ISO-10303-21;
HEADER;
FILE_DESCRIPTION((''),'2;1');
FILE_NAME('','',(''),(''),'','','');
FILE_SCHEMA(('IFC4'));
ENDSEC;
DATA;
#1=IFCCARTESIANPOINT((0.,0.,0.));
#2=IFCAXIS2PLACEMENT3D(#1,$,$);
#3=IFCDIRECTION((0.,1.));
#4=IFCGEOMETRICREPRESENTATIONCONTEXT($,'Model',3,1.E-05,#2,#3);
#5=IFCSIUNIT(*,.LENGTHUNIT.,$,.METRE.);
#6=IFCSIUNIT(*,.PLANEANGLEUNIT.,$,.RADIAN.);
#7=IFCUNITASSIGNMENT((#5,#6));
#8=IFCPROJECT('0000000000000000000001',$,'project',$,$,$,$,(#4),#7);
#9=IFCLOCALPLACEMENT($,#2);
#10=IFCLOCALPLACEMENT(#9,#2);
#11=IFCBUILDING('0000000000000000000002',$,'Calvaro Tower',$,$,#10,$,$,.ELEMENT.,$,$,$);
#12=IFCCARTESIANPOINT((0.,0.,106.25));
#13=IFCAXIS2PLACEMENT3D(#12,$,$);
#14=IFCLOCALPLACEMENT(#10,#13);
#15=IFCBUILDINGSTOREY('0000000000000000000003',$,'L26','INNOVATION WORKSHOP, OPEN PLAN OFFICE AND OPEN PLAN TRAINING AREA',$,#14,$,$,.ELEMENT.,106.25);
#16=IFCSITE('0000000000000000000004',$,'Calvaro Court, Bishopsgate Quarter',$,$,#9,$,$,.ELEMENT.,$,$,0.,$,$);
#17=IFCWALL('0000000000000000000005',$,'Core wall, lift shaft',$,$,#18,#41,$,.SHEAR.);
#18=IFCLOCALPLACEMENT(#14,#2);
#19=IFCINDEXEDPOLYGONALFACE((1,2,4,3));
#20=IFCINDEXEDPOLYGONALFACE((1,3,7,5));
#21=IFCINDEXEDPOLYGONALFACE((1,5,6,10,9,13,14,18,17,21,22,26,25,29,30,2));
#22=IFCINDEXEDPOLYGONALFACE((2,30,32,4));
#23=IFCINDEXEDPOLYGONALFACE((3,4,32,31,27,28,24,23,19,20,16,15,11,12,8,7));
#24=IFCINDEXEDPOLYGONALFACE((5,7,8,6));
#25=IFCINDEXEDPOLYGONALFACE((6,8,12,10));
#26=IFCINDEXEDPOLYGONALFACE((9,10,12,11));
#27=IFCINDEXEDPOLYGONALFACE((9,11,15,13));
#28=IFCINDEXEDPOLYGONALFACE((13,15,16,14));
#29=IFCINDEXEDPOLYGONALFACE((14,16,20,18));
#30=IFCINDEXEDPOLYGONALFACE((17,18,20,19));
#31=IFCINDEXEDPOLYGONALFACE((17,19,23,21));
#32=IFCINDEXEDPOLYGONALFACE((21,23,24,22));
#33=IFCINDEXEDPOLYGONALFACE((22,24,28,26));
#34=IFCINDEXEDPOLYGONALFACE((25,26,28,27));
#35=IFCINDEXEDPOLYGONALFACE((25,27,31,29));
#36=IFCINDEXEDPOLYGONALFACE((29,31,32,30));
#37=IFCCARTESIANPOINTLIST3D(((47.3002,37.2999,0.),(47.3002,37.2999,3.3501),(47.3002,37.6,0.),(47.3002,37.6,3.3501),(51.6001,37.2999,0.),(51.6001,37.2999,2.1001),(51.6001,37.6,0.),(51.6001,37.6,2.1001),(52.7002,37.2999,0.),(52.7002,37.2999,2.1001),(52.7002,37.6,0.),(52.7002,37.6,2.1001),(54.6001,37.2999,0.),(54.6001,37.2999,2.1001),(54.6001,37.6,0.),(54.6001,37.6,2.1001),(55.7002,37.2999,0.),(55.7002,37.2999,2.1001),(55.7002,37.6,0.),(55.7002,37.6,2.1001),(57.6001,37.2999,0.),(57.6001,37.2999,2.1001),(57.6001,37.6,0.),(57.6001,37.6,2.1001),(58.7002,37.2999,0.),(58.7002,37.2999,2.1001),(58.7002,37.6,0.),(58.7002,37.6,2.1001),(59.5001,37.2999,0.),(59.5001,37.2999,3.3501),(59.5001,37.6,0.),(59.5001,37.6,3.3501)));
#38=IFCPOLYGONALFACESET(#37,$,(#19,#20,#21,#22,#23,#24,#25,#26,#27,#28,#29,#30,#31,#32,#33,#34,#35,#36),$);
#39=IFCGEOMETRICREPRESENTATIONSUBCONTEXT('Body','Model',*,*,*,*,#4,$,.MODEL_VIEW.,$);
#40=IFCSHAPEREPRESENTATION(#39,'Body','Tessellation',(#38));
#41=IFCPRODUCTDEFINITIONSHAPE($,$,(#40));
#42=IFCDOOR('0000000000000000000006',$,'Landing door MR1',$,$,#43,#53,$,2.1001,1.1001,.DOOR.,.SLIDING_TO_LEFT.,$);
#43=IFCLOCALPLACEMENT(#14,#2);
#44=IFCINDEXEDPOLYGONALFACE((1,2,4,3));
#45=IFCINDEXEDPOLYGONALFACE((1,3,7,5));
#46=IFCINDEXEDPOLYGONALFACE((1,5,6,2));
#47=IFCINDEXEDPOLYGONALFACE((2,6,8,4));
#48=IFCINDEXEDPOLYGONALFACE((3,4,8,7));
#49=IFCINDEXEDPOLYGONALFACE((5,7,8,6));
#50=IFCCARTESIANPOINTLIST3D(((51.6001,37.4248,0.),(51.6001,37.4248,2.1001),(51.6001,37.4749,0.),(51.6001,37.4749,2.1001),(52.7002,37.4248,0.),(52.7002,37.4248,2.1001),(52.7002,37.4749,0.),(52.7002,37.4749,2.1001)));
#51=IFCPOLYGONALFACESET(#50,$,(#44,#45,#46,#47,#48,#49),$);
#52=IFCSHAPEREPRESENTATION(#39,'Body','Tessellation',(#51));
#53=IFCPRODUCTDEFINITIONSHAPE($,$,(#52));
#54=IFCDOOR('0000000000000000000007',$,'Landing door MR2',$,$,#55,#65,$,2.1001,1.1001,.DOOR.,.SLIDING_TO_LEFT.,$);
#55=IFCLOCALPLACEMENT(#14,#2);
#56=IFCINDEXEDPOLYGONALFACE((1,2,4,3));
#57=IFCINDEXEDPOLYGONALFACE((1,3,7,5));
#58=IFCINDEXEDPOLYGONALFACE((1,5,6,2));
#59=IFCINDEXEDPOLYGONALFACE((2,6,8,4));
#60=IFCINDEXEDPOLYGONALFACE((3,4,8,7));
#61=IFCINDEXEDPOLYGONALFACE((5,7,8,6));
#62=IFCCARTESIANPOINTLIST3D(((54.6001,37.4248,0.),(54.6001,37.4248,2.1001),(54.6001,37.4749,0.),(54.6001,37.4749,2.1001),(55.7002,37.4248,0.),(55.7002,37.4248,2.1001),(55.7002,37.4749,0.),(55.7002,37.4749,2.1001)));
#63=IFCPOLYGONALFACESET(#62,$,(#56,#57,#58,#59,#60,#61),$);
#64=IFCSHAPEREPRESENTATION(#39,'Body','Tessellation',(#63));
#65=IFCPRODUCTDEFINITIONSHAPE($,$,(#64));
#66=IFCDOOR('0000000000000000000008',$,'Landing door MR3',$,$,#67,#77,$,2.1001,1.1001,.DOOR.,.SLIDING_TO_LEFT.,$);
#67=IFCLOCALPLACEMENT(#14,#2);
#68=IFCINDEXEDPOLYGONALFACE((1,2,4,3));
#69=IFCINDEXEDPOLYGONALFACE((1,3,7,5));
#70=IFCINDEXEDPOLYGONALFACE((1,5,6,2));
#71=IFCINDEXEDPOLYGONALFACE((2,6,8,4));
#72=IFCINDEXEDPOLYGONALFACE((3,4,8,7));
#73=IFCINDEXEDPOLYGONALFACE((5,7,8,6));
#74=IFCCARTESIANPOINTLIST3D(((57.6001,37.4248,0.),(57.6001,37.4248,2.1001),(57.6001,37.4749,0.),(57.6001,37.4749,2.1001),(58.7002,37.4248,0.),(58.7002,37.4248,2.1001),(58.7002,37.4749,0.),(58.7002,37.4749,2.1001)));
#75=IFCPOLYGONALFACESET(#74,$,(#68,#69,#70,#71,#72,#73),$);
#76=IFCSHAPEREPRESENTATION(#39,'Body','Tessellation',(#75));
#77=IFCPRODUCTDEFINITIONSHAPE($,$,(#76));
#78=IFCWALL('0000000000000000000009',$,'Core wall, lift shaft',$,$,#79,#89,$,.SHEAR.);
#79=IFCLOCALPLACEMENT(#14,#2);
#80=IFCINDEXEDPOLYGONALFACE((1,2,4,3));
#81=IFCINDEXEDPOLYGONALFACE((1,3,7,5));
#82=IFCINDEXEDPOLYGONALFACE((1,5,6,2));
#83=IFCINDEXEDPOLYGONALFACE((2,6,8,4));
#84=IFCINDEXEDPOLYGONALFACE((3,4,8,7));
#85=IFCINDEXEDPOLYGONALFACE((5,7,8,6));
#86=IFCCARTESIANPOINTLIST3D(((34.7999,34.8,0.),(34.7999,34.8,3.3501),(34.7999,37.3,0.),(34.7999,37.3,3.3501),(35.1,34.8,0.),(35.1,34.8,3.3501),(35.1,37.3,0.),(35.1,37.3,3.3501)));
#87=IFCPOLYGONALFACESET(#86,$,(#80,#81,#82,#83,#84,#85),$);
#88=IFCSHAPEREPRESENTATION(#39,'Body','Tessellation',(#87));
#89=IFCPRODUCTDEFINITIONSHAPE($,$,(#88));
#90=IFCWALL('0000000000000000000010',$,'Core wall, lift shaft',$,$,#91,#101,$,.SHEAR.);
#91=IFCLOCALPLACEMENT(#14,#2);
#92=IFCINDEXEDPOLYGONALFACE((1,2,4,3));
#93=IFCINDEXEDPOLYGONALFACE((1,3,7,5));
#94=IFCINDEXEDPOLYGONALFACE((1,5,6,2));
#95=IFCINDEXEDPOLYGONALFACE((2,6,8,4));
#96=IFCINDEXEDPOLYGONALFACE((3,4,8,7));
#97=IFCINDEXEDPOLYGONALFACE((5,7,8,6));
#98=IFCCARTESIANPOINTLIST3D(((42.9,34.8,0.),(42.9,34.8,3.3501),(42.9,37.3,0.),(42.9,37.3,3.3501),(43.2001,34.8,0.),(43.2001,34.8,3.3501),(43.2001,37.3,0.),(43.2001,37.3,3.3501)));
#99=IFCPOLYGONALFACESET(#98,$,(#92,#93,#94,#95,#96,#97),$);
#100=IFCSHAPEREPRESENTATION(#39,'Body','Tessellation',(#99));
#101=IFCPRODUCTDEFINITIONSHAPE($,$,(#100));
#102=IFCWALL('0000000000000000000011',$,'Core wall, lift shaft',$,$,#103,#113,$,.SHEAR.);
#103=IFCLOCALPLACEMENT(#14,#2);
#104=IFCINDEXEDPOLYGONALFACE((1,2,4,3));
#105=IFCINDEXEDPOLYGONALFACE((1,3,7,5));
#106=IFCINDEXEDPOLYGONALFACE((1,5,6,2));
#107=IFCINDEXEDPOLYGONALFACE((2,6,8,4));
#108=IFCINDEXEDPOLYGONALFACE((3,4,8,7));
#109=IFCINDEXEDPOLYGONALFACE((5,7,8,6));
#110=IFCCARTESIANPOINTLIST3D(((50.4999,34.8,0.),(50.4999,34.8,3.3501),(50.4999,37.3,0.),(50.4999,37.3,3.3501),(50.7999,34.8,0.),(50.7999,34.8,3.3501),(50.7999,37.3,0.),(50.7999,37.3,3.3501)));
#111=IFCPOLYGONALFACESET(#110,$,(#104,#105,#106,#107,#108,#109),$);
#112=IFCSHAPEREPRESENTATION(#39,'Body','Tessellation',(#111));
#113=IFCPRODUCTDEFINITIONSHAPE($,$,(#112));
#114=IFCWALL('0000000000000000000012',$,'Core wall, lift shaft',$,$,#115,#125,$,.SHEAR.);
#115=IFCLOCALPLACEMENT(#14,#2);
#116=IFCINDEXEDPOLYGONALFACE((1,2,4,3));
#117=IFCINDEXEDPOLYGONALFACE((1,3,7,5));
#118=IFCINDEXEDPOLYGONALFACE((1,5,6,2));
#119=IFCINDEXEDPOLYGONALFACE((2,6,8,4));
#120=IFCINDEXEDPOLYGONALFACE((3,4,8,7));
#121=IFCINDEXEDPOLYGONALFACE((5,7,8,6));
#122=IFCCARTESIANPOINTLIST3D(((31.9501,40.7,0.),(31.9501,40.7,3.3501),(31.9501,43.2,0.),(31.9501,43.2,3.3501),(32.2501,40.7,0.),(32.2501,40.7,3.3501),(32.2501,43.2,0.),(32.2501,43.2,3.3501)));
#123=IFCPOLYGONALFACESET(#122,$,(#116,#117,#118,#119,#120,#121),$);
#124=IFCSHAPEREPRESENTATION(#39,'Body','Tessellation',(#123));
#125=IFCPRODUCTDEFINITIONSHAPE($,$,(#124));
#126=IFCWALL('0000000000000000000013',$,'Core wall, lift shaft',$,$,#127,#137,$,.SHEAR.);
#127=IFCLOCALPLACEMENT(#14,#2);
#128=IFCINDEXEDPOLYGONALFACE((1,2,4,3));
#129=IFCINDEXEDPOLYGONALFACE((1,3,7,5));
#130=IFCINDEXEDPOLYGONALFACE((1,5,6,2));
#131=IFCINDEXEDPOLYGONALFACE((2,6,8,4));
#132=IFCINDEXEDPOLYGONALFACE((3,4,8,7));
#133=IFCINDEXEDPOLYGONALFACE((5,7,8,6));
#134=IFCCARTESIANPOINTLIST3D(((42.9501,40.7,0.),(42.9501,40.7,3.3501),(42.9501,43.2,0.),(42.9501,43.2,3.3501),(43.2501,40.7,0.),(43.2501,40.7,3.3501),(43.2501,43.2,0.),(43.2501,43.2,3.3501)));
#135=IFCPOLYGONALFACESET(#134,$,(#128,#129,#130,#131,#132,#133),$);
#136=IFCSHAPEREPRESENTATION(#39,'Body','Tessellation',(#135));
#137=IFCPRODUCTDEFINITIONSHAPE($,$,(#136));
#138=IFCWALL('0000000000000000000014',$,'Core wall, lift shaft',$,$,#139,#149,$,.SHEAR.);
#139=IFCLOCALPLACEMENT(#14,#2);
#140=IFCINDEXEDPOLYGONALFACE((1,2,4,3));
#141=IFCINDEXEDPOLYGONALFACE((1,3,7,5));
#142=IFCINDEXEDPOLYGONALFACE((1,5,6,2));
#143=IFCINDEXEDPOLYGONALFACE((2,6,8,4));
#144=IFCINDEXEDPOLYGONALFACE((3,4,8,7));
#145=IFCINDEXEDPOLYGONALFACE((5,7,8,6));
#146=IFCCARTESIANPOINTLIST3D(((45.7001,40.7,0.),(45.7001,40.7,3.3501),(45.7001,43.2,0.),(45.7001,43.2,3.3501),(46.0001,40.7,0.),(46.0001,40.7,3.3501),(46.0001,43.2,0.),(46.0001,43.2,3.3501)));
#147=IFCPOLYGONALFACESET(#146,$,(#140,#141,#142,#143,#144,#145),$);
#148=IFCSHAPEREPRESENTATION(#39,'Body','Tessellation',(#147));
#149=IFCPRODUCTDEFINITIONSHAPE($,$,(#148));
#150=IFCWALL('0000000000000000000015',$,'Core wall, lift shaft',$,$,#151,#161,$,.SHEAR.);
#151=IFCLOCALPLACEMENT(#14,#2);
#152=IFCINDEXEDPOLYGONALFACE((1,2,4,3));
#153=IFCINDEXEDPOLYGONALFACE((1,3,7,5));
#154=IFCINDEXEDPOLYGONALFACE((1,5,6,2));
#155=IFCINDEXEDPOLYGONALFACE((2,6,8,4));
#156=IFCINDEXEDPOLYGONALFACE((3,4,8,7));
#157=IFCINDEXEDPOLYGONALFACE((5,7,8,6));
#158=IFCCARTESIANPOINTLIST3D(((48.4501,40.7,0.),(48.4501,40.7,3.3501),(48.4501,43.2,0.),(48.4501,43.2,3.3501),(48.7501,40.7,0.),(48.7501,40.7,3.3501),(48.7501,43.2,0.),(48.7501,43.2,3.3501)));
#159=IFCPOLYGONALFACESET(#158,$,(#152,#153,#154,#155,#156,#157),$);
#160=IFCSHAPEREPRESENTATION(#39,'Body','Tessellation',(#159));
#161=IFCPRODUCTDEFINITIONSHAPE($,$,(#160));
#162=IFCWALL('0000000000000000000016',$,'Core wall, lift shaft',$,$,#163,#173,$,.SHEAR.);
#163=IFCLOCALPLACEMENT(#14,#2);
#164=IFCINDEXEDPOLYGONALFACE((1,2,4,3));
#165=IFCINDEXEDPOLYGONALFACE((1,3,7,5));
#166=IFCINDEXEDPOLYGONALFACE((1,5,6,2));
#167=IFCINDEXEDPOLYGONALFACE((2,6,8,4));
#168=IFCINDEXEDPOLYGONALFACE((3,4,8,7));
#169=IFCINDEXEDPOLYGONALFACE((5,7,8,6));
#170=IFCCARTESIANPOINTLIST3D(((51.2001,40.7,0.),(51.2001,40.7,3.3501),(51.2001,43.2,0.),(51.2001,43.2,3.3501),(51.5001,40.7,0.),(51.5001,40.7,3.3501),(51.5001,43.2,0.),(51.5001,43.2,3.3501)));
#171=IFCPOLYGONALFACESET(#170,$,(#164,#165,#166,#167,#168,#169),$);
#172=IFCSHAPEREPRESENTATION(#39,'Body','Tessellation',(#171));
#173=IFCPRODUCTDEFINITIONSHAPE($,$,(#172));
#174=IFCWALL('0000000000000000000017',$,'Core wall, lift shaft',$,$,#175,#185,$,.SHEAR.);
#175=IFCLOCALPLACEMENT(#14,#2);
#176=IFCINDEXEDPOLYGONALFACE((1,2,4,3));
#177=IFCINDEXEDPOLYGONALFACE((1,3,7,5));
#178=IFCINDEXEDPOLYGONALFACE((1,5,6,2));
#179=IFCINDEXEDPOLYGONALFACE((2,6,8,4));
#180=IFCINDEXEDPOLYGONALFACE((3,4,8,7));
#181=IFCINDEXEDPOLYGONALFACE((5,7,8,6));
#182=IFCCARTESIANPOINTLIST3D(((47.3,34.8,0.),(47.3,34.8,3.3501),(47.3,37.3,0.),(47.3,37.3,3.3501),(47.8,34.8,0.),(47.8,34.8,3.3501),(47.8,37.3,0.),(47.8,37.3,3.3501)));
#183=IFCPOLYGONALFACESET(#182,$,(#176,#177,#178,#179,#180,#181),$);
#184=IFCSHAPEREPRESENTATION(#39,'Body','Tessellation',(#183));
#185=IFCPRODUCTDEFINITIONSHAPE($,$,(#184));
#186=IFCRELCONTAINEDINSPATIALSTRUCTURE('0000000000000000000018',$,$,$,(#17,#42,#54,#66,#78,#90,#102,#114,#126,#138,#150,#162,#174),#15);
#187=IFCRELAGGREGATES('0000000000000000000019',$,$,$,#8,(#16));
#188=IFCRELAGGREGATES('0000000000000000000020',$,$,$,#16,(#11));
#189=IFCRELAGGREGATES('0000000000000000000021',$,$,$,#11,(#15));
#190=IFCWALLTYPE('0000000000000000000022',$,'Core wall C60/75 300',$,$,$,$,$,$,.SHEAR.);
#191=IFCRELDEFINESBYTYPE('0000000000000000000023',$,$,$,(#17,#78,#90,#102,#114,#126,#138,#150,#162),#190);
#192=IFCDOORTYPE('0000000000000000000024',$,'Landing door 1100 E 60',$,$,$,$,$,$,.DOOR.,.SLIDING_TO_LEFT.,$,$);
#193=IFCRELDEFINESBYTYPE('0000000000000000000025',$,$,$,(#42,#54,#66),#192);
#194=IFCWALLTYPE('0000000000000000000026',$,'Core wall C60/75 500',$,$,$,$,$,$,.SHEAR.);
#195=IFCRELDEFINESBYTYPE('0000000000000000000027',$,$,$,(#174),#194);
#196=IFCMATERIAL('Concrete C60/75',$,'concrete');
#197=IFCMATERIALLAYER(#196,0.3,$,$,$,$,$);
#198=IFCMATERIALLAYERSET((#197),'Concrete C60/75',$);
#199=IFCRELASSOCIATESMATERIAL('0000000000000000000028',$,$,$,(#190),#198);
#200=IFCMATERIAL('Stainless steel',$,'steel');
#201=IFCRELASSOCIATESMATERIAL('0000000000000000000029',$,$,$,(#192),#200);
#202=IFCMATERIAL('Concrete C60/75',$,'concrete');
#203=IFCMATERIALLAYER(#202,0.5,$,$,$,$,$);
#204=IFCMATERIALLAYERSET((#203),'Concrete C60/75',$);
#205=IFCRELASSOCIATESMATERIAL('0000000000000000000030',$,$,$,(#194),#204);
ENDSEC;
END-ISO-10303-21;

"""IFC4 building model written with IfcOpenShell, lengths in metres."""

from ifc_helpers import new_model, si_unit, direction, frame, frame_2d, origin, place, context, subcontext, project, spatial, rectangle, extrude, material, layer, layer_set, type_object, element, fill, save


model = new_model("IFC4")

# Units and contexts
model_context = context("Model", 3, precision=1e-05, world=origin(), true_north=direction((0.0, 1.0)))
body_context = subcontext(model_context, "Body", "Model", "MODEL_VIEW")
ifc_project = project(units=[si_unit("LENGTHUNIT", "METRE"), si_unit("PLANEANGLEUNIT", "RADIAN")], contexts=[model_context])

# Site, building, storey
site_placement = place(None, origin())
site = spatial("IfcSite", under=ifc_project, at=site_placement, Name="Calvaro Court, Bishopsgate Quarter", CompositionType="ELEMENT", RefElevation=0.0)
building_placement = place(site_placement, origin())
building = spatial("IfcBuilding", under=site, at=building_placement, Name="Calvaro Tower", CompositionType="ELEMENT")
storey_placement = place(building_placement, frame((0.0, 0.0, 106.25)))
storey = spatial("IfcBuildingStorey", under=building, at=storey_placement, Name="L26", Description="INNOVATION WORKSHOP, OPEN PLAN OFFICE AND OPEN PLAN TRAINING AREA", CompositionType="ELEMENT", Elevation=106.25)

# Shared definitions
ifc_material_1 = material(Name="Concrete C60/75", Category="concrete")
ifc_layer_1 = layer(ifc_material_1, 0.3)
ifc_layer_set_1 = layer_set([ifc_layer_1], Name="Concrete C60/75")
wall_type_1 = type_object("IfcWallType", Name="Core wall C60/75 300", PredefinedType="SHEAR", material=ifc_layer_set_1)

# Shared definitions
ifc_material_2 = material(Name="Stainless steel", Category="steel")
door_type_1 = type_object("IfcDoorType", Name="Landing door 1100 E 60", OperationType="SLIDING_TO_LEFT", PredefinedType="DOOR", material=ifc_material_2)

# Wall, openings, doors
wall_1_placement = place(storey_placement, frame((47.3, 37.45, 0.0), z_axis=(0.0, 0.0, 1.0), x_axis=(1.0, 0.0, 0.0)))
wall_1 = element("IfcWall", 1, at=wall_1_placement, inside=storey, type_object=wall_type_1, Name="Core wall, lift shaft", PredefinedType="SHEAR", context=body_context, shape_type="SweptSolid", body=[
    extrude(rectangle(XDim=12.2, YDim=0.3, at=frame_2d((6.1001, 0.0))), origin(), (0.0, 0.0, 1.0), 3.3501),
])
opening_1_placement = place(wall_1_placement, frame((4.3, 0.0, 0.0)))
opening_1 = element("IfcOpeningElement", 2, at=opening_1_placement, cuts=wall_1, PredefinedType="OPENING", context=body_context, shape_type="SweptSolid", body=[
    extrude(rectangle(XDim=1.1001, YDim=2.1001, at=frame_2d((0.55, 1.05))), frame((0.0, 0.1599, 0.0), z_axis=(0.0, -1.0, 0.0), x_axis=(1.0, 0.0, 0.0)), (0.0, 0.0, 1.0), 0.3201),
])
opening_2_placement = place(wall_1_placement, frame((7.3, 0.0, 0.0)))
opening_2 = element("IfcOpeningElement", 3, at=opening_2_placement, cuts=wall_1, PredefinedType="OPENING", context=body_context, shape_type="SweptSolid", body=[
    extrude(rectangle(XDim=1.1001, YDim=2.1001, at=frame_2d((0.55, 1.05))), frame((0.0, 0.1599, 0.0), z_axis=(0.0, -1.0, 0.0), x_axis=(1.0, 0.0, 0.0)), (0.0, 0.0, 1.0), 0.3201),
])
opening_3_placement = place(wall_1_placement, frame((10.3, 0.0, 0.0)))
opening_3 = element("IfcOpeningElement", 4, at=opening_3_placement, cuts=wall_1, PredefinedType="OPENING", context=body_context, shape_type="SweptSolid", body=[
    extrude(rectangle(XDim=1.1001, YDim=2.1001, at=frame_2d((0.55, 1.05))), frame((0.0, 0.1599, 0.0), z_axis=(0.0, -1.0, 0.0), x_axis=(1.0, 0.0, 0.0)), (0.0, 0.0, 1.0), 0.3201),
])
door_1_placement = place(opening_1_placement, origin())
door_1 = element("IfcDoor", 5, at=door_1_placement, inside=storey, type_object=door_type_1, Name="Landing door MR1", OperationType="SLIDING_TO_LEFT", OverallHeight=2.1001, OverallWidth=1.1001, PredefinedType="DOOR", context=body_context, shape_type="SweptSolid", body=[
    extrude(rectangle(XDim=1.1001, YDim=2.1001, at=frame_2d((0.55, 1.05))), frame((0.0, 0.0249, 0.0), z_axis=(0.0, -1.0, 0.0), x_axis=(1.0, 0.0, 0.0)), (0.0, 0.0, 1.0), 0.05),
])
fill(opening_1, door_1)
door_2_placement = place(opening_2_placement, origin())
door_2 = element("IfcDoor", 6, at=door_2_placement, inside=storey, type_object=door_type_1, Name="Landing door MR2", OperationType="SLIDING_TO_LEFT", OverallHeight=2.1001, OverallWidth=1.1001, PredefinedType="DOOR", context=body_context, shape_type="SweptSolid", body=[
    extrude(rectangle(XDim=1.1001, YDim=2.1001, at=frame_2d((0.55, 1.05))), frame((0.0, 0.0249, 0.0), z_axis=(0.0, -1.0, 0.0), x_axis=(1.0, 0.0, 0.0)), (0.0, 0.0, 1.0), 0.05),
])
fill(opening_2, door_2)
door_3_placement = place(opening_3_placement, origin())
door_3 = element("IfcDoor", 7, at=door_3_placement, inside=storey, type_object=door_type_1, Name="Landing door MR3", OperationType="SLIDING_TO_LEFT", OverallHeight=2.1001, OverallWidth=1.1001, PredefinedType="DOOR", context=body_context, shape_type="SweptSolid", body=[
    extrude(rectangle(XDim=1.1001, YDim=2.1001, at=frame_2d((0.55, 1.05))), frame((0.0, 0.0249, 0.0), z_axis=(0.0, -1.0, 0.0), x_axis=(1.0, 0.0, 0.0)), (0.0, 0.0, 1.0), 0.05),
])
fill(opening_3, door_3)

# Walls
for number, where, z_axis, x_axis, name in (
    (8, (34.95, 34.8, 0.0), (0.0, 0.0, 1.0), (0.0, 1.0, 0.0), "Core wall, lift shaft"),
    (9, (43.05, 34.8, 0.0), (0.0, 0.0, 1.0), (0.0, 1.0, 0.0), "Core wall, lift shaft"),
    (10, (50.6499, 34.8, 0.0), (0.0, 0.0, 1.0), (0.0, 1.0, 0.0), "Core wall, lift shaft"),
    (11, (32.1001, 40.7, 0.0), (0.0, 0.0, 1.0), (0.0, 1.0, 0.0), "Core wall, lift shaft"),
    (12, (43.1001, 40.7, 0.0), (0.0, 0.0, 1.0), (0.0, 1.0, 0.0), "Core wall, lift shaft"),
    (13, (45.8501, 40.7, 0.0), (0.0, 0.0, 1.0), (0.0, 1.0, 0.0), "Core wall, lift shaft"),
    (14, (48.6001, 40.7, 0.0), (0.0, 0.0, 1.0), (0.0, 1.0, 0.0), "Core wall, lift shaft"),
    (15, (51.3501, 40.7, 0.0), (0.0, 0.0, 1.0), (0.0, 1.0, 0.0), "Core wall, lift shaft"),
):
    element("IfcWall", number, at=place(storey_placement, frame(where, z_axis=z_axis, x_axis=x_axis)), inside=storey, type_object=wall_type_1, Name=name, PredefinedType="SHEAR", context=body_context, shape_type="SweptSolid", body=[
        extrude(rectangle(XDim=2.5, YDim=0.3, at=frame_2d((1.25, 0.0))), origin(), (0.0, 0.0, 1.0), 3.3501),
    ])
ifc_material_3 = material(Name="Concrete C60/75", Category="concrete")
ifc_layer_2 = layer(ifc_material_3, 0.5)
ifc_layer_set_2 = layer_set([ifc_layer_2], Name="Concrete C60/75")
wall_type_2 = type_object("IfcWallType", Name="Core wall C60/75 500", PredefinedType="SHEAR", material=ifc_layer_set_2)
wall_2_placement = place(storey_placement, frame((47.55, 34.8, 0.0), z_axis=(0.0, 0.0, 1.0), x_axis=(0.0, 1.0, 0.0)))
element("IfcWall", 16, at=wall_2_placement, inside=storey, type_object=wall_type_2, Name="Core wall, lift shaft", PredefinedType="SHEAR", context=body_context, shape_type="SweptSolid", body=[
    extrude(rectangle(XDim=2.5, YDim=0.5, at=frame_2d((1.25, 0.0))), origin(), (0.0, 0.0, 1.0), 3.3501),
])

save(model, "model.ifc")
